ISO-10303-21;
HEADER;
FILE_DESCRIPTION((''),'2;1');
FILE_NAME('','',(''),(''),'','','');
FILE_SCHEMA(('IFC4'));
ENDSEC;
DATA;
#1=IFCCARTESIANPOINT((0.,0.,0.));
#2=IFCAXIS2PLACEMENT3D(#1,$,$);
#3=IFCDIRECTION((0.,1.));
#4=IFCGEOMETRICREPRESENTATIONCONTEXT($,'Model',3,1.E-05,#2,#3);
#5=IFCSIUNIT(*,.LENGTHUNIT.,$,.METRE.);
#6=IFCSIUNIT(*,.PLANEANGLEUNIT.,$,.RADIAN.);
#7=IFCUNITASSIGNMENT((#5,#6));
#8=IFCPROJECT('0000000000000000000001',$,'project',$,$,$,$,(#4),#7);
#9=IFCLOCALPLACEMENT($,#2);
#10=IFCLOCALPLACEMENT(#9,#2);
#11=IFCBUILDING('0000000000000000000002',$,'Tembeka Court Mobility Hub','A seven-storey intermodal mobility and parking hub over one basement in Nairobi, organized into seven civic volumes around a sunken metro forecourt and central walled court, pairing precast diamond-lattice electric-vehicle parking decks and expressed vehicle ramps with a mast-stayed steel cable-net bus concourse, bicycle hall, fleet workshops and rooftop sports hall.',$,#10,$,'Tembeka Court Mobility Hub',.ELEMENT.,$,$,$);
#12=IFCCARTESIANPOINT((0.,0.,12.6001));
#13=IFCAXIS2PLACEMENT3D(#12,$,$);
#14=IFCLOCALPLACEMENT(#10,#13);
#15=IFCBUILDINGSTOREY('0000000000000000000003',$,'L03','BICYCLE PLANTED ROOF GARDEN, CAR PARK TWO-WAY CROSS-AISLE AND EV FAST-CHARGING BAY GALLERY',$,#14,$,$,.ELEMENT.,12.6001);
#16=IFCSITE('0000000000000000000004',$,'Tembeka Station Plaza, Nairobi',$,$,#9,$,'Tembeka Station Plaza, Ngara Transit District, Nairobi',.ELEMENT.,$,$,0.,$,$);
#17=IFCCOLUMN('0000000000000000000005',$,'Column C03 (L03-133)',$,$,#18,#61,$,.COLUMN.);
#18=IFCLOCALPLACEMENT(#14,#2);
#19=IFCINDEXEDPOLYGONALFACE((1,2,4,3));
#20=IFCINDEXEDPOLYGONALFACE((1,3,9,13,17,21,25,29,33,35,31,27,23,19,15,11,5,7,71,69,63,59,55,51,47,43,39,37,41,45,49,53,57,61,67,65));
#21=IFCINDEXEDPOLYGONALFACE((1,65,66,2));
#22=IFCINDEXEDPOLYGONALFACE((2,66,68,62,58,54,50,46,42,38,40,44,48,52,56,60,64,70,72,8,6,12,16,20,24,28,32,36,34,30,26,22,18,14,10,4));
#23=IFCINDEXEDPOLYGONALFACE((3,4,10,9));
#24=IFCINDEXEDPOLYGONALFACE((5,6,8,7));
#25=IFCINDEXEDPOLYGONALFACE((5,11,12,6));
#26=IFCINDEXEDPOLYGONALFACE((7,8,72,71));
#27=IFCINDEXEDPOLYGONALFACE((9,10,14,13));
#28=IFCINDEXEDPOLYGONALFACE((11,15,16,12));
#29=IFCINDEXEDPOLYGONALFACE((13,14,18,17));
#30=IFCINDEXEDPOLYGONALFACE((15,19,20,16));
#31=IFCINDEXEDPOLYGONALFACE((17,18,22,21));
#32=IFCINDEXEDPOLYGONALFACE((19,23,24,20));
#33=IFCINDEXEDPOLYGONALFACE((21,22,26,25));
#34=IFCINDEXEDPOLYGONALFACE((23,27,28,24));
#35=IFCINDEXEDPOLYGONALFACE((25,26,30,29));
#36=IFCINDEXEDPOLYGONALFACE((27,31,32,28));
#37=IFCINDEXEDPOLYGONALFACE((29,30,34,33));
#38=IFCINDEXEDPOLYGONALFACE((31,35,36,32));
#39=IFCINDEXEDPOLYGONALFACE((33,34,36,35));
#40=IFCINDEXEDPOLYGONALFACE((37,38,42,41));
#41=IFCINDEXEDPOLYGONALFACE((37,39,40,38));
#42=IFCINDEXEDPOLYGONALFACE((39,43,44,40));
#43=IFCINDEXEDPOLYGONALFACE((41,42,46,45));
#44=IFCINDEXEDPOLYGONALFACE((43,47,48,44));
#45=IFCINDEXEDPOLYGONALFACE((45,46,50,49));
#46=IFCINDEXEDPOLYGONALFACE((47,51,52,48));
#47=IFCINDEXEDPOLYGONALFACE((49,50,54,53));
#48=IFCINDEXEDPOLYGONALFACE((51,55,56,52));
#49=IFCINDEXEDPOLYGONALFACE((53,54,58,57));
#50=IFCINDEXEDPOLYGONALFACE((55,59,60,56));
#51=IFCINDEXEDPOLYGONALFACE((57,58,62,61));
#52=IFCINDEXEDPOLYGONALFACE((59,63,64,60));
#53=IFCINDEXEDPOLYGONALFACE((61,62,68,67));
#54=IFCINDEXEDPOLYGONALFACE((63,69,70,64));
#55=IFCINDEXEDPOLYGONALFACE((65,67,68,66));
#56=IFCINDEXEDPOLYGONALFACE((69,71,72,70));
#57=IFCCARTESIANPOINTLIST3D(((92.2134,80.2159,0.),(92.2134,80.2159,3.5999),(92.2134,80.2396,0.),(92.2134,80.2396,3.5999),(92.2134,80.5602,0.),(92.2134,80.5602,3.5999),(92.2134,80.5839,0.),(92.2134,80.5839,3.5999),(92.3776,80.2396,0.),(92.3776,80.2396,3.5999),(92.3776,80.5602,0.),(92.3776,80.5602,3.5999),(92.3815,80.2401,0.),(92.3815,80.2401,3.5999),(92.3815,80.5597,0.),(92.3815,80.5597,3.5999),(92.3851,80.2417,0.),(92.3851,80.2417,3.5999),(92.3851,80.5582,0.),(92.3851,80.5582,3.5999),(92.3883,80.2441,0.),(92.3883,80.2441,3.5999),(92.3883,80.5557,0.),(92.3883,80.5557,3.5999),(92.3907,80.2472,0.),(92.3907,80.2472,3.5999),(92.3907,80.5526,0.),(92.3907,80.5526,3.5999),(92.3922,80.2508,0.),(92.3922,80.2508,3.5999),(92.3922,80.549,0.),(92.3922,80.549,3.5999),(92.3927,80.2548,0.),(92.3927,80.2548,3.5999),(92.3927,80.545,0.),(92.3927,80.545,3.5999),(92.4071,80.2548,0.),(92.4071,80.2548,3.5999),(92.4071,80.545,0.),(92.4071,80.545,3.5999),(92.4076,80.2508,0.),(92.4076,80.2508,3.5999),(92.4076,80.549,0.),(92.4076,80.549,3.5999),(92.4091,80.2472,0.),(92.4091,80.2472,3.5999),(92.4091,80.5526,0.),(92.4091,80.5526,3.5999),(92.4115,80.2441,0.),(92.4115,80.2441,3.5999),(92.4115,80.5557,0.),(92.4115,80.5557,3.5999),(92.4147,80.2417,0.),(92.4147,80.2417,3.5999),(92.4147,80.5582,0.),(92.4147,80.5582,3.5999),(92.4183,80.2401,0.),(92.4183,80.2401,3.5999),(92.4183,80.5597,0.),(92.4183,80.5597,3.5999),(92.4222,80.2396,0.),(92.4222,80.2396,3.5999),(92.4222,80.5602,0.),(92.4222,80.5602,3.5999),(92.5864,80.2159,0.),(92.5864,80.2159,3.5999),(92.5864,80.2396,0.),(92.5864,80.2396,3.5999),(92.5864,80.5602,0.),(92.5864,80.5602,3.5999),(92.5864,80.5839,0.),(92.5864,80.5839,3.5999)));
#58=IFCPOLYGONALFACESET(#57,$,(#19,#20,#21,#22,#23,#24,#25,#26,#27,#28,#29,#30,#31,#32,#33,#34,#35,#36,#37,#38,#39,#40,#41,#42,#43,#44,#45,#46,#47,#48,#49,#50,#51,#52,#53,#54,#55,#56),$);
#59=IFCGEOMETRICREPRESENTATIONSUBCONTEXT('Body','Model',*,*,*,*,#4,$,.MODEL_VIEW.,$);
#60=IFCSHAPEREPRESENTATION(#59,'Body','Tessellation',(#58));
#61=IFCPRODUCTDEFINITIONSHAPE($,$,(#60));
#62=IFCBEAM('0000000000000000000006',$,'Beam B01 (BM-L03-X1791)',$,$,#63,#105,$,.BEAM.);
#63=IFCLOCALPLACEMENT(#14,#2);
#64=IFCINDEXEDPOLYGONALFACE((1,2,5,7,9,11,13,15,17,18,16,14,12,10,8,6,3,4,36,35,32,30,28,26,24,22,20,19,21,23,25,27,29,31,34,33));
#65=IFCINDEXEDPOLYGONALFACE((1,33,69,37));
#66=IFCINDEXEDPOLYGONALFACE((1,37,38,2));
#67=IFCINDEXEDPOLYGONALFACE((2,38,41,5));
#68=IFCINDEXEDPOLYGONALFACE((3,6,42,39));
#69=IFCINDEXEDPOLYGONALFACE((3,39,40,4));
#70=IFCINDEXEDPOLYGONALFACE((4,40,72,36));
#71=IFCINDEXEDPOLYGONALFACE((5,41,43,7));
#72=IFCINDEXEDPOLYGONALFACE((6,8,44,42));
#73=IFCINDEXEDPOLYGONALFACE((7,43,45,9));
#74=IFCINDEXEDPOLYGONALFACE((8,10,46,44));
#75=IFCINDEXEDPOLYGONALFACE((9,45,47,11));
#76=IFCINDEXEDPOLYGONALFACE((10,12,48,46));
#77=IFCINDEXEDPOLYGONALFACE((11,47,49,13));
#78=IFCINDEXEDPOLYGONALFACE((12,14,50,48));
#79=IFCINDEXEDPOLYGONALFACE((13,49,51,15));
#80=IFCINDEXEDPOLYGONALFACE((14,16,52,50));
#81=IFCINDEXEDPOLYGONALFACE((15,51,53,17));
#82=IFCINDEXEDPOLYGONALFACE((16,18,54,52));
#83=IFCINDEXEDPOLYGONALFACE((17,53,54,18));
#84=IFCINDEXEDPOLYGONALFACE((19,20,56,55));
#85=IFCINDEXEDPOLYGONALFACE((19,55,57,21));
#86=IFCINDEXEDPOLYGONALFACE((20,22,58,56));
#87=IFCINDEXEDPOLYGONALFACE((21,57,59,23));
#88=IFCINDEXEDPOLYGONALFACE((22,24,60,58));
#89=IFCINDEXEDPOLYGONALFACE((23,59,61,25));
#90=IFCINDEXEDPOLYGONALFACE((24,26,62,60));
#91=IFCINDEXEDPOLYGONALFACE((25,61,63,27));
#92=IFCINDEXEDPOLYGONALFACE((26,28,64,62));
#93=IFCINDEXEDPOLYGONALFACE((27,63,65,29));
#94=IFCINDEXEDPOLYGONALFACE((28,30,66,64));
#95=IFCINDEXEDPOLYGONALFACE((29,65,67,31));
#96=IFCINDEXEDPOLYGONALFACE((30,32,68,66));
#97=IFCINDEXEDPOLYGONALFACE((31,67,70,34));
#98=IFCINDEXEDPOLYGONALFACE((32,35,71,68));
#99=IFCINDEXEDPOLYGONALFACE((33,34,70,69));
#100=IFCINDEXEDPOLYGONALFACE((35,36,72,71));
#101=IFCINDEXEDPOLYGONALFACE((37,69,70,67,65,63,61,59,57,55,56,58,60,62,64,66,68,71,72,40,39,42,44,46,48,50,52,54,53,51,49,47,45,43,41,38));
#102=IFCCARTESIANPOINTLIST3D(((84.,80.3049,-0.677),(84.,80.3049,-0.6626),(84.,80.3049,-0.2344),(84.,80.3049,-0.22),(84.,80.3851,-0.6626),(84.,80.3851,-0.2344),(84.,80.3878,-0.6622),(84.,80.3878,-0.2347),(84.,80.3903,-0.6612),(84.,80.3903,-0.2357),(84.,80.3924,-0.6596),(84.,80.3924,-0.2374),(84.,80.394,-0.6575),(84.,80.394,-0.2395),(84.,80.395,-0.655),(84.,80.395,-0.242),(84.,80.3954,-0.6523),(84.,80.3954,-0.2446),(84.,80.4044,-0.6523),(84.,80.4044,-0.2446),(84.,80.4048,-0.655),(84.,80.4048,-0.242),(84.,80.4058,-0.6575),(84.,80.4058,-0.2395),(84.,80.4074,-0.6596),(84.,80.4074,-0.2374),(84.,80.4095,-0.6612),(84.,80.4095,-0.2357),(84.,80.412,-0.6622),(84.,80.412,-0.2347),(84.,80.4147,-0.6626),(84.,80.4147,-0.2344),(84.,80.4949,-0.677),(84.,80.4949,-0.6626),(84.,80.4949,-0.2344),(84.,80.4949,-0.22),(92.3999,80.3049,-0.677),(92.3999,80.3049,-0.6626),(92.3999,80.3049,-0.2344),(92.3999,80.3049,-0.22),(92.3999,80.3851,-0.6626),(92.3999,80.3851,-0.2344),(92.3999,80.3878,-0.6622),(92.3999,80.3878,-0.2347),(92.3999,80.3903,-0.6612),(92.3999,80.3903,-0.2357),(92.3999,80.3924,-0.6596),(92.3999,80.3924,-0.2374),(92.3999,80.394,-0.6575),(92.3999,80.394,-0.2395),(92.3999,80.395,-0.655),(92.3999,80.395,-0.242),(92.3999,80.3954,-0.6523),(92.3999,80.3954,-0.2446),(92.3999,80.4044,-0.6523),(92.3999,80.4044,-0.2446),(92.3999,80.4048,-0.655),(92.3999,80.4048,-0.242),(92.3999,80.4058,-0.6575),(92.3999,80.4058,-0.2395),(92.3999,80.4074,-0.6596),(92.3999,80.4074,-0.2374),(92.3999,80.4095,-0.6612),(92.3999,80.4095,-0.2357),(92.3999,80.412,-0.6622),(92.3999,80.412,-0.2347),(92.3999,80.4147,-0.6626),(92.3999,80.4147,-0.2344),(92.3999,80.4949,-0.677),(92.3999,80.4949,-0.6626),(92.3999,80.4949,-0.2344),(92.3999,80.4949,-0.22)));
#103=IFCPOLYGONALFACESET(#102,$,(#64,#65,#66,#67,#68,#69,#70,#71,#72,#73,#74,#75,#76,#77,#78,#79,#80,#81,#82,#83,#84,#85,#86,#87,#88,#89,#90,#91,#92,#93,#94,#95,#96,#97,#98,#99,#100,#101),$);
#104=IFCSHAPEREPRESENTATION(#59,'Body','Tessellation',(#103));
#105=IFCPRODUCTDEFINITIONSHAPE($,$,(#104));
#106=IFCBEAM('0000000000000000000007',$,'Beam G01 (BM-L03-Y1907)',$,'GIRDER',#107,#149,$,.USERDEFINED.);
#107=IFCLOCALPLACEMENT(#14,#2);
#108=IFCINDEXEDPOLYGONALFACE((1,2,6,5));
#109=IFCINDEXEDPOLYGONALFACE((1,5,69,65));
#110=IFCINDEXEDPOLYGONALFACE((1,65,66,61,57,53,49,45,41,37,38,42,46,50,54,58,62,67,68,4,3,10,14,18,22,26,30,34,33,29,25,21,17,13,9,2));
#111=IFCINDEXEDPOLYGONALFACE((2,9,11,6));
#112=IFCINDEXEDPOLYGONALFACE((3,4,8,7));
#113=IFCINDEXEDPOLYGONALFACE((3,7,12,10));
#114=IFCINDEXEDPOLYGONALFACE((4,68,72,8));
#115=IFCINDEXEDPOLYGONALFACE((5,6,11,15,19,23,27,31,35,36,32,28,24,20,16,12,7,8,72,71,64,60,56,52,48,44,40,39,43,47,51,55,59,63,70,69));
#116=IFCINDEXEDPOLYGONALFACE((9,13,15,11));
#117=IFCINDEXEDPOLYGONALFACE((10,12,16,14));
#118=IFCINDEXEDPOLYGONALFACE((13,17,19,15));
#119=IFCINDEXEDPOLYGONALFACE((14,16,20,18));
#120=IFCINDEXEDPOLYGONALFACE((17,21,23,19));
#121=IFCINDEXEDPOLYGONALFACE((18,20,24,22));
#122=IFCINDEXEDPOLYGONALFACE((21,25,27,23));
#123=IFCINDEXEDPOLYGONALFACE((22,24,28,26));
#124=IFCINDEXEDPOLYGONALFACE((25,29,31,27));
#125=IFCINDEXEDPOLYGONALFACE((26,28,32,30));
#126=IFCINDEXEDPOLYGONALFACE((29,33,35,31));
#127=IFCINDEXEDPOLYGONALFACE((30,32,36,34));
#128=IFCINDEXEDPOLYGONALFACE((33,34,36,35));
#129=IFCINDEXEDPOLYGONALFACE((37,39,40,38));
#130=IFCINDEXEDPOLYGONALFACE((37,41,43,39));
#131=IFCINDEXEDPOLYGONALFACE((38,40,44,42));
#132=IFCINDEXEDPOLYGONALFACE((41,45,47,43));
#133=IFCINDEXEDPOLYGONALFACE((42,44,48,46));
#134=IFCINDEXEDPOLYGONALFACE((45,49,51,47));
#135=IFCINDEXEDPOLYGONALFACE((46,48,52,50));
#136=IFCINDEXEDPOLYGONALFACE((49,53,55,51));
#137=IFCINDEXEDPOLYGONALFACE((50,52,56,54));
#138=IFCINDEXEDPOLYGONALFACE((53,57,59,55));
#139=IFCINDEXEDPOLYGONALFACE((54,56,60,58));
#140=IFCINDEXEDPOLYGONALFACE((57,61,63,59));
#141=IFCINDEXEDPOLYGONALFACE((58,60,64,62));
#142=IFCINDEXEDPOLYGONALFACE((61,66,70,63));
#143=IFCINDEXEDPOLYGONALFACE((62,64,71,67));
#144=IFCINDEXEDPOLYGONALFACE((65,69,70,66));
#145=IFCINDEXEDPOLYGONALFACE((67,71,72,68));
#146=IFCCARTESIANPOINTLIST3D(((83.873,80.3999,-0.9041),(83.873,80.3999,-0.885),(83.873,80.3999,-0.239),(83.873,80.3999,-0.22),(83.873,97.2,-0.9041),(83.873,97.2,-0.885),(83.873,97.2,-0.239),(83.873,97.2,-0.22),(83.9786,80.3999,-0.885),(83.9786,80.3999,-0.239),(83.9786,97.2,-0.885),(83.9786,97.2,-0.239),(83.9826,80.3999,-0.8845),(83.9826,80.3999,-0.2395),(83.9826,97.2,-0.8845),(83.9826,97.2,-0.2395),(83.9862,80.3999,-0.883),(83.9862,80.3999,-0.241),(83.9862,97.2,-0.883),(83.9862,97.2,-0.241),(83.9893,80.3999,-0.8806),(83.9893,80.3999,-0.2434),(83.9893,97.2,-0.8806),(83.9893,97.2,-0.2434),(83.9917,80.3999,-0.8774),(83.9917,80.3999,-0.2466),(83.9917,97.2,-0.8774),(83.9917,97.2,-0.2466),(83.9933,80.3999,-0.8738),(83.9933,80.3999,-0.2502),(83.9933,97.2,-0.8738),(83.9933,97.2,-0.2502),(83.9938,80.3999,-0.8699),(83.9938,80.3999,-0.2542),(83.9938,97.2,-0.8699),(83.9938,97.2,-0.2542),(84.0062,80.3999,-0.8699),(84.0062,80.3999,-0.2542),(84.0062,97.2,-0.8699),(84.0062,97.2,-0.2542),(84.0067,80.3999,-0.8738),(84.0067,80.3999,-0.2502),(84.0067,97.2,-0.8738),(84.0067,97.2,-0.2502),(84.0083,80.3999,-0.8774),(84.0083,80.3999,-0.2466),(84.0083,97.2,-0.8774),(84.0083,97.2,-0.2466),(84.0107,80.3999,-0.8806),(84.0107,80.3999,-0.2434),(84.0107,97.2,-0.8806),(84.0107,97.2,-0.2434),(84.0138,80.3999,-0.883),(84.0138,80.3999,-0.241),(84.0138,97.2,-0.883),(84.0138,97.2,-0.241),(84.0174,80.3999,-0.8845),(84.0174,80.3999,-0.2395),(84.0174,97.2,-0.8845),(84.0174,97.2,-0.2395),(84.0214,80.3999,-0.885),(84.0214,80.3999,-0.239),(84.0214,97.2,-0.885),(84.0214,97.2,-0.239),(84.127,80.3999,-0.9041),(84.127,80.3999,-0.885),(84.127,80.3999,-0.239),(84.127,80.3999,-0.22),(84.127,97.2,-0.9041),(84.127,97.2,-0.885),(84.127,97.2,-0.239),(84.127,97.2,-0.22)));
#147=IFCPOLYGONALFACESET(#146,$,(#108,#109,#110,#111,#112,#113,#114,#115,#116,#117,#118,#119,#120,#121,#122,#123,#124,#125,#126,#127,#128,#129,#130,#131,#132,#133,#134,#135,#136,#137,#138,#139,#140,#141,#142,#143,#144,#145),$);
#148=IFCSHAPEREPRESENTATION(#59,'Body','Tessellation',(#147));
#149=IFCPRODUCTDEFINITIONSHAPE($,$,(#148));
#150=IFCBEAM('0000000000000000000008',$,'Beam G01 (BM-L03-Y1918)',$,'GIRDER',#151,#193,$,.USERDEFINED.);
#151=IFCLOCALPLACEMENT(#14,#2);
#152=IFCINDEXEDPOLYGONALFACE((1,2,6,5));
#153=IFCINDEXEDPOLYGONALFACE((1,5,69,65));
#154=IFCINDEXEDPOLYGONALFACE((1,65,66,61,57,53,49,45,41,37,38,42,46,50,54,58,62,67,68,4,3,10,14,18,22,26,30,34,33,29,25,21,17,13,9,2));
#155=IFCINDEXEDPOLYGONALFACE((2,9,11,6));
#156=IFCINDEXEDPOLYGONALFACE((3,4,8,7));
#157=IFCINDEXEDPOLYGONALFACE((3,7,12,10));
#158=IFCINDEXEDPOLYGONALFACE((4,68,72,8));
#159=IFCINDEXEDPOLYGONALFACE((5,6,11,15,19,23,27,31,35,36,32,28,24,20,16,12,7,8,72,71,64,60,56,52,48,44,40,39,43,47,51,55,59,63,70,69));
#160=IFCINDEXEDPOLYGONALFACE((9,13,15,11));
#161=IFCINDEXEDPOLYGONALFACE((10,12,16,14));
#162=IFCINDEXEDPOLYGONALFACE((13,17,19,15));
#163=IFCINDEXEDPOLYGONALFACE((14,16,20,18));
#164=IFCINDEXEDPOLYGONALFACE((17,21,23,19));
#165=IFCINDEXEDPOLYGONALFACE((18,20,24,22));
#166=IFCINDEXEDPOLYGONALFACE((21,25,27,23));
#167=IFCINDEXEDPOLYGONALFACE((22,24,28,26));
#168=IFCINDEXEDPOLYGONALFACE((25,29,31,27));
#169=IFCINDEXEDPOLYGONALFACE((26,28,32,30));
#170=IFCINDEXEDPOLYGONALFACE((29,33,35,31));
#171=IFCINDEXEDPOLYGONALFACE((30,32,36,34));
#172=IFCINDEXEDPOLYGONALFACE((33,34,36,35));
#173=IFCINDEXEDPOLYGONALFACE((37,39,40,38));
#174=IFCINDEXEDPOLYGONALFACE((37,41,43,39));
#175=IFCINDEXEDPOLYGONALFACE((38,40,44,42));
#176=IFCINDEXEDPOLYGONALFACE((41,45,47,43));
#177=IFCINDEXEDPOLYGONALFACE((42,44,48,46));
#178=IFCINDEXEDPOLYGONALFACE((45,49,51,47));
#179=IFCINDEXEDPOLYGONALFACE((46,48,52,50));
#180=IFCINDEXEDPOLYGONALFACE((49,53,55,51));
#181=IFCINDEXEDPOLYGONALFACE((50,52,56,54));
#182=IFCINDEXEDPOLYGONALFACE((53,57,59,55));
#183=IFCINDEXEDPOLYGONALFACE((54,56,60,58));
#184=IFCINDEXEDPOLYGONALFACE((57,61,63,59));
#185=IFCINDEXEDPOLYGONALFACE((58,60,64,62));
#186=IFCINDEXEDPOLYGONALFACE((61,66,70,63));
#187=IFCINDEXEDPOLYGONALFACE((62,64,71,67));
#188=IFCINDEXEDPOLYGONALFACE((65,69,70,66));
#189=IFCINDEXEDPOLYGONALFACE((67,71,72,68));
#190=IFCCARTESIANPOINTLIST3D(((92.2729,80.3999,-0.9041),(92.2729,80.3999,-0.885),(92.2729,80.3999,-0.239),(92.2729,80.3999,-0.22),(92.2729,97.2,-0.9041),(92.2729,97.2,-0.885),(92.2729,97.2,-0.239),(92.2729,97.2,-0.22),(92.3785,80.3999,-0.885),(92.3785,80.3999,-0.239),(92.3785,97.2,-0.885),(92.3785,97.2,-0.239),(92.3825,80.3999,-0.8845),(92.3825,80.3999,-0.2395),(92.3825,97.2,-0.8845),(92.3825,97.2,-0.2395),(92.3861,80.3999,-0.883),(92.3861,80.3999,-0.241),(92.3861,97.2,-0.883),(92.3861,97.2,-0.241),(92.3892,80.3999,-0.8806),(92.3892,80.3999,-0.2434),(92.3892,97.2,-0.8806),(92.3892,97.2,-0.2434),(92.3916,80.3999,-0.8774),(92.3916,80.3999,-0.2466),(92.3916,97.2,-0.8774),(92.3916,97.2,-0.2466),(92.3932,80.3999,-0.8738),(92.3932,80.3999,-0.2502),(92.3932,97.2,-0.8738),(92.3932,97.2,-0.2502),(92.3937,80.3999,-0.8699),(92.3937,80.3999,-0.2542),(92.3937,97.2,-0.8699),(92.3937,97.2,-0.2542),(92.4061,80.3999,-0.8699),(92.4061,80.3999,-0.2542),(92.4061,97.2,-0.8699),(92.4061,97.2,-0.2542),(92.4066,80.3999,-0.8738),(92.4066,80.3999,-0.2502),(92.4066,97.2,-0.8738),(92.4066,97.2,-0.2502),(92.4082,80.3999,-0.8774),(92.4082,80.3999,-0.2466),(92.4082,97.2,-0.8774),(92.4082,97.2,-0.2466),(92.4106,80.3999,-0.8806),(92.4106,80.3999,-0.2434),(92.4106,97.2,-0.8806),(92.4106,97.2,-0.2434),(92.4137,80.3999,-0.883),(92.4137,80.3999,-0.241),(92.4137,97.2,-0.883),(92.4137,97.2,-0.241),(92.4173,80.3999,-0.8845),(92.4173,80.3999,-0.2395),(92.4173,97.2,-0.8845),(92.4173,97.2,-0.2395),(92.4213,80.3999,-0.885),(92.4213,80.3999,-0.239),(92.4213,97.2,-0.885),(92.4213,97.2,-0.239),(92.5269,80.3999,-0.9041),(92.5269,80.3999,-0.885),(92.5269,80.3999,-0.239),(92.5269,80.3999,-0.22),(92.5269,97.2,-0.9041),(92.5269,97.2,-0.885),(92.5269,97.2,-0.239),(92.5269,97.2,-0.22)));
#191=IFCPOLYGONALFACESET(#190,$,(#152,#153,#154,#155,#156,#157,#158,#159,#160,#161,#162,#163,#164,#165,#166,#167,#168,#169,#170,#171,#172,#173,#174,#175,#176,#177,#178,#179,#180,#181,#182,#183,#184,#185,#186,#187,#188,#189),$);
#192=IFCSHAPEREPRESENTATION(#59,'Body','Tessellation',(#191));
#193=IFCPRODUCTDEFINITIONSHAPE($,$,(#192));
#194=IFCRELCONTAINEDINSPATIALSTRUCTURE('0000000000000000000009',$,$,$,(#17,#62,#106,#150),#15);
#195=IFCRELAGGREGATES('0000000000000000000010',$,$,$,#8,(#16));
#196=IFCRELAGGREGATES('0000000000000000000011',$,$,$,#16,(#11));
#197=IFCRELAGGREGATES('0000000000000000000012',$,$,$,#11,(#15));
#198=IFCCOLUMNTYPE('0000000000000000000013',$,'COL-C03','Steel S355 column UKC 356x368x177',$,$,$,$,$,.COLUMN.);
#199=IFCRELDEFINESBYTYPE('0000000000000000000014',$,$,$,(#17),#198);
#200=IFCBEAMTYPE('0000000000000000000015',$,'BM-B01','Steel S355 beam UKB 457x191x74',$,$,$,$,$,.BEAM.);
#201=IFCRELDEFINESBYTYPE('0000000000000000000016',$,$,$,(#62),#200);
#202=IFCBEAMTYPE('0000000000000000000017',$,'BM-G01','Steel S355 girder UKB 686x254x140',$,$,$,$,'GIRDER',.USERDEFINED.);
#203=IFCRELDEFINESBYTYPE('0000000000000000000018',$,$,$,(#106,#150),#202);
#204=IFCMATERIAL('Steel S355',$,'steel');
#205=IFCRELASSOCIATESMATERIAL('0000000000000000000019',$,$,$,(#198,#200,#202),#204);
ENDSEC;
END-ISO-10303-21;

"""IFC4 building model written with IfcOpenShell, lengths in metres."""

from ifc_helpers import new_model, si_unit, direction, frame, origin, origin_2d, place, context, subcontext, project, spatial, i_section, extrude, material, material_profile, profile_set, type_object, element, save


model = new_model("IFC4")

# Units and contexts
model_context = context("Model", 3, precision=1e-05, world=origin(), true_north=direction((0.0, 1.0)))
body_context = subcontext(model_context, "Body", "Model", "MODEL_VIEW")
ifc_project = project(units=[si_unit("LENGTHUNIT", "METRE"), si_unit("PLANEANGLEUNIT", "RADIAN")], contexts=[model_context])

# Site, building, storey
site_placement = place(None, origin())
site = spatial("IfcSite", under=ifc_project, at=site_placement, Name="Tembeka Station Plaza, Nairobi", LongName="Tembeka Station Plaza, Ngara Transit District, Nairobi", CompositionType="ELEMENT", RefElevation=0.0)
building_placement = place(site_placement, origin())
building = spatial("IfcBuilding", under=site, at=building_placement, Name="Tembeka Court Mobility Hub", Description="A seven-storey intermodal mobility and parking hub over one basement in Nairobi, organized into seven civic volumes around a sunken metro forecourt and central walled court, pairing precast diamond-lattice electric-vehicle parking decks and expressed vehicle ramps with a mast-stayed steel cable-net bus concourse, bicycle hall, fleet workshops and rooftop sports hall.", LongName="Tembeka Court Mobility Hub", CompositionType="ELEMENT")
storey_placement = place(building_placement, frame((0.0, 0.0, 12.6001)))
storey = spatial("IfcBuildingStorey", under=building, at=storey_placement, Name="L03", Description="BICYCLE PLANTED ROOF GARDEN, CAR PARK TWO-WAY CROSS-AISLE AND EV FAST-CHARGING BAY GALLERY", CompositionType="ELEMENT", Elevation=12.6001)

# Column
ifc_material_1 = material(Name="Steel S355", Category="steel")
ifc_material_profile_1 = material_profile(ifc_material_1, i_section(OverallWidth=0.373, OverallDepth=0.3679, WebThickness=0.0144, FlangeThickness=0.0237, FilletRadius=0.0151, at=origin_2d()), Name="UKC 356x368x177")
ifc_profile_set_1 = profile_set([ifc_material_profile_1], Name="Steel S355")
column_type = type_object("IfcColumnType", Name="COL-C03", Description="Steel S355 column UKC 356x368x177", PredefinedType="COLUMN", material=ifc_profile_set_1)
column_placement = place(storey_placement, frame((92.3999, 80.3999, 0.0), z_axis=(0.0, 0.0, 1.0), x_axis=(1.0, 0.0, 0.0)))
element("IfcColumn", 1, at=column_placement, inside=storey, type_object=column_type, Name="Column C03 (L03-133)", PredefinedType="COLUMN", context=body_context, shape_type="SweptSolid", body=[
    extrude(i_section(OverallWidth=0.373, OverallDepth=0.3679, WebThickness=0.0144, FlangeThickness=0.0237, FilletRadius=0.0151, at=origin_2d()), origin(), (0.0, 0.0, 1.0), 3.5999),
])

# Beams
ifc_material_profile_2 = material_profile(ifc_material_1, i_section(OverallWidth=0.1899, OverallDepth=0.457, WebThickness=0.009, FlangeThickness=0.0144, FilletRadius=0.0103, at=origin_2d()), Name="UKB 457x191x74")
ifc_profile_set_2 = profile_set([ifc_material_profile_2], Name="Steel S355")
beam_type_1 = type_object("IfcBeamType", Name="BM-B01", Description="Steel S355 beam UKB 457x191x74", PredefinedType="BEAM", material=ifc_profile_set_2)
beam_placement = place(storey_placement, frame((84.0, 80.3999, -0.4485), z_axis=(1.0, 0.0, 0.0), x_axis=(0.0, 1.0, 0.0)))
element("IfcBeam", 2, at=beam_placement, inside=storey, type_object=beam_type_1, Name="Beam B01 (BM-L03-X1791)", PredefinedType="BEAM", context=body_context, shape_type="SweptSolid", body=[
    extrude(i_section(OverallWidth=0.1899, OverallDepth=0.457, WebThickness=0.009, FlangeThickness=0.0144, FilletRadius=0.0103, at=origin_2d()), origin(), (0.0, 0.0, 1.0), 8.3999),
])
ifc_material_profile_3 = material_profile(ifc_material_1, i_section(OverallWidth=0.2539, OverallDepth=0.6841, WebThickness=0.0125, FlangeThickness=0.019, FilletRadius=0.0151, at=origin_2d()), Name="UKB 686x254x140")
ifc_profile_set_3 = profile_set([ifc_material_profile_3], Name="Steel S355")
beam_type_2 = type_object("IfcBeamType", Name="BM-G01", Description="Steel S355 girder UKB 686x254x140", ElementType="GIRDER", PredefinedType="USERDEFINED", material=ifc_profile_set_3)
for number, where, z_axis, x_axis, name in (
    (3, (84.0, 80.3999, -0.562), (0.0, 1.0, 0.0), (-1.0, 0.0, 0.0), "Beam G01 (BM-L03-Y1907)"),
    (4, (92.3999, 80.3999, -0.562), (0.0, 1.0, 0.0), (-1.0, 0.0, 0.0), "Beam G01 (BM-L03-Y1918)"),
):
    element("IfcBeam", number, at=place(storey_placement, frame(where, z_axis=z_axis, x_axis=x_axis)), inside=storey, type_object=beam_type_2, Name=name, ObjectType="GIRDER", PredefinedType="USERDEFINED", context=body_context, shape_type="SweptSolid", body=[
        extrude(i_section(OverallWidth=0.2539, OverallDepth=0.6841, WebThickness=0.0125, FlangeThickness=0.019, FilletRadius=0.0151, at=origin_2d()), origin(), (0.0, 0.0, 1.0), 16.8),
    ])

save(model, "model.ifc")
